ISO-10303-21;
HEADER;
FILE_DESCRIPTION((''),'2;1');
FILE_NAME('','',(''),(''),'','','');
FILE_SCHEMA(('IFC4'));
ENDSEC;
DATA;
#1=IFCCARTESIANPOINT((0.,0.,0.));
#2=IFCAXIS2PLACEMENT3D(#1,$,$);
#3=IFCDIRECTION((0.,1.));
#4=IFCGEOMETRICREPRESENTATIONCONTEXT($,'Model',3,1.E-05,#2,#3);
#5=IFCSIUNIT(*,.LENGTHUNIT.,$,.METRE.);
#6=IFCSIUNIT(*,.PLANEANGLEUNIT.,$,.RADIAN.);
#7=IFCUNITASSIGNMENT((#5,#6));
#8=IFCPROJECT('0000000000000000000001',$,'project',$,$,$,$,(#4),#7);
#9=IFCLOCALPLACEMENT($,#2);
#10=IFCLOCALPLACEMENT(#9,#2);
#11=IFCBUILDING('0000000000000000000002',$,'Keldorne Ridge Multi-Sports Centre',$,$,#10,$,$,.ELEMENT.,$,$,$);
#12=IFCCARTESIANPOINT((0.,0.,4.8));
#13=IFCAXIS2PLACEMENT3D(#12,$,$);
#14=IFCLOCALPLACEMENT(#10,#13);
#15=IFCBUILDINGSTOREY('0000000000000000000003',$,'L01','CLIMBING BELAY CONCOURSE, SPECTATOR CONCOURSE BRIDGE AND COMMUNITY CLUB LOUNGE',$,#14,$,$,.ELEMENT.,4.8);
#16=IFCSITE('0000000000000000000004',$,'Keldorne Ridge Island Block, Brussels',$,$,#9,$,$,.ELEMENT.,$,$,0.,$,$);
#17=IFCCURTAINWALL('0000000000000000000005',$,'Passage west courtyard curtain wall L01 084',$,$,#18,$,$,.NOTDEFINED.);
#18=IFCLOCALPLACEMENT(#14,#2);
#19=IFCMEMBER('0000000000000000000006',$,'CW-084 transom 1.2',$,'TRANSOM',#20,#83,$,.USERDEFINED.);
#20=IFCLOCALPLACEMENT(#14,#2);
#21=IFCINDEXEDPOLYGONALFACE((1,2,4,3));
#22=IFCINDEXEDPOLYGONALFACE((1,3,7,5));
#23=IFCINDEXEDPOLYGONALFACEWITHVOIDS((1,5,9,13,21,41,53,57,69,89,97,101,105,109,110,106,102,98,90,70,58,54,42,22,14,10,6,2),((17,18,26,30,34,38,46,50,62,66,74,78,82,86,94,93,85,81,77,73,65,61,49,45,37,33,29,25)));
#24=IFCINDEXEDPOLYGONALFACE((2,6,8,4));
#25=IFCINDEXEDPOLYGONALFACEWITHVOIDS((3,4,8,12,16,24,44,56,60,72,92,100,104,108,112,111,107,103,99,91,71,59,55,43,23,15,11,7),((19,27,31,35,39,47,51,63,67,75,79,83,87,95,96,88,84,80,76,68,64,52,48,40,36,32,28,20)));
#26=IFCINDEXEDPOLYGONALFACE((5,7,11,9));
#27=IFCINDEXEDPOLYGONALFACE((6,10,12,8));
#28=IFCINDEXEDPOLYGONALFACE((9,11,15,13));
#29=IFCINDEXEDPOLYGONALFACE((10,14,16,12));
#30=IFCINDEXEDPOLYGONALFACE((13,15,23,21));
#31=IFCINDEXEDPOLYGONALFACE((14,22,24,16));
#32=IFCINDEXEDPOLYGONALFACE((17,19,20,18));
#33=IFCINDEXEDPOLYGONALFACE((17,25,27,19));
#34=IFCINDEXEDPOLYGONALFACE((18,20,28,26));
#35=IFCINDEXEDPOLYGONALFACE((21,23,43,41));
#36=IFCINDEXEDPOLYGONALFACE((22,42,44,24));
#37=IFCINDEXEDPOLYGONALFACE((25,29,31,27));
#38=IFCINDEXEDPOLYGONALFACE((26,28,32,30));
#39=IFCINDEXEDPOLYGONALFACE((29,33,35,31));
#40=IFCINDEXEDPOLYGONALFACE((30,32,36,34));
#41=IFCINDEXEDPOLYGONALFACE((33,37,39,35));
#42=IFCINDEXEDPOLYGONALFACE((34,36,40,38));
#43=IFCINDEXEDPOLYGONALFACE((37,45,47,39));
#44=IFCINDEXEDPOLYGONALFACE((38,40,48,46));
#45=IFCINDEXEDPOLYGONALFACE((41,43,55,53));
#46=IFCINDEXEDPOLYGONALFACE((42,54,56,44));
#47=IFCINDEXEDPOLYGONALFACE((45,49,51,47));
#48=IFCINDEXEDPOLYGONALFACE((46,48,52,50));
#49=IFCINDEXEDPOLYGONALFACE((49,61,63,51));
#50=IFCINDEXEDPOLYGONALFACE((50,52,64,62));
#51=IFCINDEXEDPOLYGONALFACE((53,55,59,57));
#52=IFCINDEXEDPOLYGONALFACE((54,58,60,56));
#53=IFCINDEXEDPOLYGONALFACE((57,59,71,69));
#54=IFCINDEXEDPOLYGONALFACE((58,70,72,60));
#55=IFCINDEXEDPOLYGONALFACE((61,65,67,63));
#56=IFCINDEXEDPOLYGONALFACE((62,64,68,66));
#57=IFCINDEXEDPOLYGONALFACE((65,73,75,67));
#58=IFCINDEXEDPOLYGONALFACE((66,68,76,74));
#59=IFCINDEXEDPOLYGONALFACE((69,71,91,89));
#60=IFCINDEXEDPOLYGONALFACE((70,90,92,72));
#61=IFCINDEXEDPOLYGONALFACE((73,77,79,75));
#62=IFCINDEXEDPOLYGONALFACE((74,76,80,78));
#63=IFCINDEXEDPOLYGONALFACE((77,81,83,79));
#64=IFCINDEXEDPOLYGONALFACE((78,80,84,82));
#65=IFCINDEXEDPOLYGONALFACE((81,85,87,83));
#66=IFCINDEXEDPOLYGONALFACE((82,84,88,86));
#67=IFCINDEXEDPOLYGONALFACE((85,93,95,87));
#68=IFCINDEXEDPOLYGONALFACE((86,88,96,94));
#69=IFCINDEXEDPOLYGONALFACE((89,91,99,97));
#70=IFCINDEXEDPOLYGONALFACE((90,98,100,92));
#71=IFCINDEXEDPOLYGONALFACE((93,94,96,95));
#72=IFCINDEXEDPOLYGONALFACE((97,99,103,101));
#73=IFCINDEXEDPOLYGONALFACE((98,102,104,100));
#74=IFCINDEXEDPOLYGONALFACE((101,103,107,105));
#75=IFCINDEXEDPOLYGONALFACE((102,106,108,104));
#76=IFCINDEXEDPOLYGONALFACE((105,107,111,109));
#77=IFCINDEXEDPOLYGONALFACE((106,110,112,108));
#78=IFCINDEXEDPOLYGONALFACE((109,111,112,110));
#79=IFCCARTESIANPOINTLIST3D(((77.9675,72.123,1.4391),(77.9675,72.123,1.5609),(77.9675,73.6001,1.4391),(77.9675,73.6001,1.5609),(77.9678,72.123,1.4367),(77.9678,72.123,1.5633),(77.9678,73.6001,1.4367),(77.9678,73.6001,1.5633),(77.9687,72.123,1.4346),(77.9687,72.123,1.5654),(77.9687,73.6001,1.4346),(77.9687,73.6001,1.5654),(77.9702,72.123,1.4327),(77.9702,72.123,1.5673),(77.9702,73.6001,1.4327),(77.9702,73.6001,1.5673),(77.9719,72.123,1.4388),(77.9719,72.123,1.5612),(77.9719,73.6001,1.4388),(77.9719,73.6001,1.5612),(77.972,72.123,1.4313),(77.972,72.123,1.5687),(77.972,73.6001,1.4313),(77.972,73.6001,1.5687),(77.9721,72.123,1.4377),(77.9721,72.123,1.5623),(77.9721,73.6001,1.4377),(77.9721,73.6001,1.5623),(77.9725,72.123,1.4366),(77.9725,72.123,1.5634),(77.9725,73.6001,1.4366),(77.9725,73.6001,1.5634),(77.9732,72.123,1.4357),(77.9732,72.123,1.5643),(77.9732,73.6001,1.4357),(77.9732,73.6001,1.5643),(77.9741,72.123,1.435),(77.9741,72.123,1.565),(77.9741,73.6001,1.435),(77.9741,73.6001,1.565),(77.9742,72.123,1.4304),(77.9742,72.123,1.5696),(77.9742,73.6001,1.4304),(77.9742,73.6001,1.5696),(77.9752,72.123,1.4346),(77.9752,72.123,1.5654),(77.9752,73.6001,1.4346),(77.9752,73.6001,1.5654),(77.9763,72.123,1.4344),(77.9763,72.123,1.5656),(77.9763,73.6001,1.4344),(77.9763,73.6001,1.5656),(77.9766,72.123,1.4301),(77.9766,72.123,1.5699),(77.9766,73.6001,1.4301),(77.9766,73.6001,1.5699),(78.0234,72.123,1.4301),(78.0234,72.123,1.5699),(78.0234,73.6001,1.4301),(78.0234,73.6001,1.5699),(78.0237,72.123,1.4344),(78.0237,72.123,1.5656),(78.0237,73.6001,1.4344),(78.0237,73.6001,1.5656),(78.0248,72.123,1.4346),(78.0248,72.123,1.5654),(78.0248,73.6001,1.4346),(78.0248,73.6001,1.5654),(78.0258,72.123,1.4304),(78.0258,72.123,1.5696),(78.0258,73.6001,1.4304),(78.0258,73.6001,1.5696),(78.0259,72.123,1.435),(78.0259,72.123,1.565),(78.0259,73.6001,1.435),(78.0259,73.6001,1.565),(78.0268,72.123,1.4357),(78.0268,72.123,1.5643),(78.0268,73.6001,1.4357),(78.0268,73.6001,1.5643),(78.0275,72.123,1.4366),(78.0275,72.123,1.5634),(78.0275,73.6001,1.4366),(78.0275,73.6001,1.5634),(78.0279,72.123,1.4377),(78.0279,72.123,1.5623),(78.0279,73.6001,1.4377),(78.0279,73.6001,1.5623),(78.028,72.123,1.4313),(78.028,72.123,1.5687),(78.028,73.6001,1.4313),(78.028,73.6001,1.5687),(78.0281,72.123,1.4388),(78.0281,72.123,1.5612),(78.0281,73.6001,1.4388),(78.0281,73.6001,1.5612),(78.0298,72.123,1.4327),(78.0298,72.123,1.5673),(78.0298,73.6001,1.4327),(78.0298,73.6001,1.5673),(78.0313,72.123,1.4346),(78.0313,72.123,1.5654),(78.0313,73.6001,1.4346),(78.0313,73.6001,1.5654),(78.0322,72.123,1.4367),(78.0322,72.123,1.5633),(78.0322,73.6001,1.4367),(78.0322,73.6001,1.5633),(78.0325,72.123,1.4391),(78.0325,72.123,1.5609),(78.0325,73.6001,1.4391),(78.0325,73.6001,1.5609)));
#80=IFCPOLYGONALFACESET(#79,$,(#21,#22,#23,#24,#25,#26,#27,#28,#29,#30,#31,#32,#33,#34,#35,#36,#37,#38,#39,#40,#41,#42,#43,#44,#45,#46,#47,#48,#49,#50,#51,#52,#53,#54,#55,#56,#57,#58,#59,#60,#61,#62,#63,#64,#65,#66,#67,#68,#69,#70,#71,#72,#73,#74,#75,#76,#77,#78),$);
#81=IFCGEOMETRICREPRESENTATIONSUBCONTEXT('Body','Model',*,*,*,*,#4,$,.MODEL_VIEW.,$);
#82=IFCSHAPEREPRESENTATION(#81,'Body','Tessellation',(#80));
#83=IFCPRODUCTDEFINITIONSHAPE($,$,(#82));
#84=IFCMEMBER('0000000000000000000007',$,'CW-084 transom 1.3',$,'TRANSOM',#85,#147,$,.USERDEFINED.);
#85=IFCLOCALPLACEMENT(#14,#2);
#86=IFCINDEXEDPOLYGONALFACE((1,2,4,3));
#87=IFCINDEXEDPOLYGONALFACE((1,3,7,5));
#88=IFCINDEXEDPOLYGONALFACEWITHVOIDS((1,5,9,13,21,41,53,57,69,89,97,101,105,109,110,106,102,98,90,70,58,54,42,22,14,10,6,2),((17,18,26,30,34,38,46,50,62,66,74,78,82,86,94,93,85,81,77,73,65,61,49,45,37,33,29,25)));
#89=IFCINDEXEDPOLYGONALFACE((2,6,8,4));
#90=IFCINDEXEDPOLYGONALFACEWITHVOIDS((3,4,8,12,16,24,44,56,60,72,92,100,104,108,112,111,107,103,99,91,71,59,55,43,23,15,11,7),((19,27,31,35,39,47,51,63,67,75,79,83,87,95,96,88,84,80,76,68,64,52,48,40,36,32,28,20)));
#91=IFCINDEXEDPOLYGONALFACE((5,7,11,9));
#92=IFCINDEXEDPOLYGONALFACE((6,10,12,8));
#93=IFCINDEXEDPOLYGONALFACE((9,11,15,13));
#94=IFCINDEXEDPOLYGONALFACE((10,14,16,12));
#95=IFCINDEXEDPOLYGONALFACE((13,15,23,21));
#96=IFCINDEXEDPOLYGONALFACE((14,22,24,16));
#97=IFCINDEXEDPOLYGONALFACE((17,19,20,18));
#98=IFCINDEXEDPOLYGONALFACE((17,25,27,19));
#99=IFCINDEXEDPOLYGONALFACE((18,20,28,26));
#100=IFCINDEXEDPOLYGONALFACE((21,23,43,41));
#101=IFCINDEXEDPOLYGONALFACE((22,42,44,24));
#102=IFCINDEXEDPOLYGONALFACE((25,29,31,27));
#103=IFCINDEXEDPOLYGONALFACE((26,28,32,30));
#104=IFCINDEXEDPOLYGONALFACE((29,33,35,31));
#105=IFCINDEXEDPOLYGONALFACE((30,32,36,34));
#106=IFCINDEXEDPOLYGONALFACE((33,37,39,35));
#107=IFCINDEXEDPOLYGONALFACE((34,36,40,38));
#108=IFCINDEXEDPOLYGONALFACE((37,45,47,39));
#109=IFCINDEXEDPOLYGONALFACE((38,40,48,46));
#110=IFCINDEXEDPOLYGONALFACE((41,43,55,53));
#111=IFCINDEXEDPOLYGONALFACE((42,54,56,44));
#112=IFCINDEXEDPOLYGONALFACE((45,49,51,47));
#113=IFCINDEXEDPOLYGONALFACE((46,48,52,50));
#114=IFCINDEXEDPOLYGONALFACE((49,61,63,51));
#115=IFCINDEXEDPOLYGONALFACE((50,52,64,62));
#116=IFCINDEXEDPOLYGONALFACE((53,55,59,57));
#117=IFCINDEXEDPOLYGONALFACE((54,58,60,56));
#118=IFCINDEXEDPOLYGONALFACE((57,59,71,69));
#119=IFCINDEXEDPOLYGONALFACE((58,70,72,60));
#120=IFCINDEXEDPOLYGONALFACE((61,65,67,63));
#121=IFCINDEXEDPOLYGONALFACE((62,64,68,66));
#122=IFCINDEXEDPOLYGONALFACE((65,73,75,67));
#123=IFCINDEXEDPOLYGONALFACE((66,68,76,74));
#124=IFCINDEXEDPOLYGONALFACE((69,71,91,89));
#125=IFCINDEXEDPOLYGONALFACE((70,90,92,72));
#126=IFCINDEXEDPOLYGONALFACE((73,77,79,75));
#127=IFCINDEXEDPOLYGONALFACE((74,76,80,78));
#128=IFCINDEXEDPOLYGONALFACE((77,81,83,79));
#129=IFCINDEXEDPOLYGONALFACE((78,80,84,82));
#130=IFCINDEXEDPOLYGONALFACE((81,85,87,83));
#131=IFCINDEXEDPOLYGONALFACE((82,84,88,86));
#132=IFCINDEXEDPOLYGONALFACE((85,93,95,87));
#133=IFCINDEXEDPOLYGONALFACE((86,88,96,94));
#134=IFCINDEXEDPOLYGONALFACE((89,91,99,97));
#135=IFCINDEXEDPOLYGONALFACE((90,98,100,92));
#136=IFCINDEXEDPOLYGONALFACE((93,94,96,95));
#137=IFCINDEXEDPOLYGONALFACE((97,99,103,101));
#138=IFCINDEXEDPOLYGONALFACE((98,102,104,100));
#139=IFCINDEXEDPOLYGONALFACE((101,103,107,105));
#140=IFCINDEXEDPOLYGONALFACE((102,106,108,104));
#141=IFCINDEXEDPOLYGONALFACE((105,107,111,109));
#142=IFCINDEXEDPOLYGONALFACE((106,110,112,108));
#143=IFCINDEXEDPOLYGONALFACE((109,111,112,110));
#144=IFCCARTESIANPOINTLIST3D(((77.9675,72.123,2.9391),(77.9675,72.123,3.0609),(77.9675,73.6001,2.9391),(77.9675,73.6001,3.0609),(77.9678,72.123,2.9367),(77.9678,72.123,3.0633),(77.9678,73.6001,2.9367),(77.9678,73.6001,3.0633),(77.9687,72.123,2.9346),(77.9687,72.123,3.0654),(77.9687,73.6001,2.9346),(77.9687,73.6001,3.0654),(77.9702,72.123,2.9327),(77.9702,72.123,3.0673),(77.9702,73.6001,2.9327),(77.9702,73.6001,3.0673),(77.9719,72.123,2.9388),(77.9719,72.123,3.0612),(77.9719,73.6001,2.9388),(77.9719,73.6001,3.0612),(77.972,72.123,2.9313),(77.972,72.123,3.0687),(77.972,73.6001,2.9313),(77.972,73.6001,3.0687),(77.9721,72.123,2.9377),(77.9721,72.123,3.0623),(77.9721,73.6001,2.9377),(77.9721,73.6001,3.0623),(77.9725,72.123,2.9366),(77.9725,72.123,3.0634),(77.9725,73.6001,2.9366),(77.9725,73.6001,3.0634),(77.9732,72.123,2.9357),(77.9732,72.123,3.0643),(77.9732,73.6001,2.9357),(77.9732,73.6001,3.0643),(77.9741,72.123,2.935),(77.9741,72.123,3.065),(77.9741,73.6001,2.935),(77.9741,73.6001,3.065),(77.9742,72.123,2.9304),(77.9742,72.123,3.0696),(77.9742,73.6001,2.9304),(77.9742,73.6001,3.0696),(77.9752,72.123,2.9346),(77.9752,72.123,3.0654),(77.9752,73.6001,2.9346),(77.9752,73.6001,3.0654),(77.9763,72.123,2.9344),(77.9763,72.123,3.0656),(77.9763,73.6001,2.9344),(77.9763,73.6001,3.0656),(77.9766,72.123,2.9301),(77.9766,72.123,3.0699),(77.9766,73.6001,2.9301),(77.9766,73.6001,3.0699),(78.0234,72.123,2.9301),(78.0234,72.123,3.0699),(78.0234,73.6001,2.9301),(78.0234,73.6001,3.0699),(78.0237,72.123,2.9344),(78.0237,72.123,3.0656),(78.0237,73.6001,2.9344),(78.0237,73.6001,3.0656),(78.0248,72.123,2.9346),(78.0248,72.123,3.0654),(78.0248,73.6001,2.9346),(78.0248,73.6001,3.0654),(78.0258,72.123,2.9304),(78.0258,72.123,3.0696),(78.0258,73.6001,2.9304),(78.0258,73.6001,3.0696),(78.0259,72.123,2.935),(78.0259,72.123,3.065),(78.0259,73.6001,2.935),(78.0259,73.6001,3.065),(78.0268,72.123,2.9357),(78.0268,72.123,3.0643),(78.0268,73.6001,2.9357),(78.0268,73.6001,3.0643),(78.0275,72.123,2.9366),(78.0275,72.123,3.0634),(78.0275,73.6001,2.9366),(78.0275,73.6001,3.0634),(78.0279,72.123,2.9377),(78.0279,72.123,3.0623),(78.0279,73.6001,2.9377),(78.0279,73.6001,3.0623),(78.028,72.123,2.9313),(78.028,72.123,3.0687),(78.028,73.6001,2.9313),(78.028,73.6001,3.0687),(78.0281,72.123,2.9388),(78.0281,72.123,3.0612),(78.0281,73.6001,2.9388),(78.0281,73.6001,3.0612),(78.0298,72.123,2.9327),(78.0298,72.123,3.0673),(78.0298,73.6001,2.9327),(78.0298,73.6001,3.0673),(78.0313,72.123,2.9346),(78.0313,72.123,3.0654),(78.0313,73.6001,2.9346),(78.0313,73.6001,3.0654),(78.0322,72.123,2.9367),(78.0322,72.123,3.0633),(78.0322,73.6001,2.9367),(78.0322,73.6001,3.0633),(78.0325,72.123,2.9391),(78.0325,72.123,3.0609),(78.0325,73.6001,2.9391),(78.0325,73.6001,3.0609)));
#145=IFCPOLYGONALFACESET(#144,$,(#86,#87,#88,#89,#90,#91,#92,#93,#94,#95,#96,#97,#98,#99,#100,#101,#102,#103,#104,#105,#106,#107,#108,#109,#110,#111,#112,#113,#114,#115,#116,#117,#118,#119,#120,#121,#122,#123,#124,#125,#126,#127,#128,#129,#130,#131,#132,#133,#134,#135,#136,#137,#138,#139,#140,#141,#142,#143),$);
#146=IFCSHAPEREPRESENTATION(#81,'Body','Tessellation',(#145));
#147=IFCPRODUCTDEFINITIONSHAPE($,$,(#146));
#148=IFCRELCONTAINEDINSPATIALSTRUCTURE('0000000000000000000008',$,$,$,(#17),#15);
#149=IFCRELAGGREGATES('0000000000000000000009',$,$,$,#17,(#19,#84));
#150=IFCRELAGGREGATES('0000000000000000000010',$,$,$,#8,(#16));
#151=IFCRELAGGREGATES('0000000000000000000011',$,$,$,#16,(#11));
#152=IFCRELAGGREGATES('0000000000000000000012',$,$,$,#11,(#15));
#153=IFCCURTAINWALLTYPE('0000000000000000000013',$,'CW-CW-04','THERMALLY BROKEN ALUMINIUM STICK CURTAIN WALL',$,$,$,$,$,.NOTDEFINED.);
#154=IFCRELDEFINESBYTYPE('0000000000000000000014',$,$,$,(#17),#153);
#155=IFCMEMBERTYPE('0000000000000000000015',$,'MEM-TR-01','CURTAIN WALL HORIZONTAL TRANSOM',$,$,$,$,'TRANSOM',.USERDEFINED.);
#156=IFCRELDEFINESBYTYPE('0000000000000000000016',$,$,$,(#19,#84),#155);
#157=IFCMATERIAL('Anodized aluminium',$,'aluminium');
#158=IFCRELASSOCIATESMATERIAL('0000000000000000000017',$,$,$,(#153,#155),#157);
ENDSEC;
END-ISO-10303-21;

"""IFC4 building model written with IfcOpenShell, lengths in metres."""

from ifc_helpers import new_model, si_unit, direction, frame, origin, origin_2d, place, context, subcontext, project, spatial, hollow_rectangle, extrude, material, material_profile, profile_set, type_object, element, aggregate, save


model = new_model("IFC4")

# Units and contexts
model_context = context("Model", 3, precision=1e-05, world=origin(), true_north=direction((0.0, 1.0)))
body_context = subcontext(model_context, "Body", "Model", "MODEL_VIEW")
ifc_project = project(units=[si_unit("LENGTHUNIT", "METRE"), si_unit("PLANEANGLEUNIT", "RADIAN")], contexts=[model_context])

# Site, building, storey
site_placement = place(None, origin())
site = spatial("IfcSite", under=ifc_project, at=site_placement, Name="Keldorne Ridge Island Block, Brussels", CompositionType="ELEMENT", RefElevation=0.0)
building_placement = place(site_placement, origin())
building = spatial("IfcBuilding", under=site, at=building_placement, Name="Keldorne Ridge Multi-Sports Centre", CompositionType="ELEMENT")
storey_placement = place(building_placement, frame((0.0, 0.0, 4.8)))
storey = spatial("IfcBuildingStorey", under=building, at=storey_placement, Name="L01", Description="CLIMBING BELAY CONCOURSE, SPECTATOR CONCOURSE BRIDGE AND COMMUNITY CLUB LOUNGE", CompositionType="ELEMENT", Elevation=4.8)

# Shared definitions
ifc_material_1 = material(Name="Anodized aluminium", Category="aluminium")

# Curtain wall, members
curtain_wall_type_1 = type_object("IfcCurtainWallType", Name="CW-CW-04", Description="THERMALLY BROKEN ALUMINIUM STICK CURTAIN WALL", PredefinedType="NOTDEFINED", material=ifc_material_1)
curtain_wall_1_placement = place(storey_placement, origin())
curtain_wall_1 = element("IfcCurtainWall", 1, at=curtain_wall_1_placement, inside=storey, type_object=curtain_wall_type_1, Name="Passage west courtyard curtain wall L01 084", PredefinedType="NOTDEFINED")
ifc_material_profile_1 = material_profile(ifc_material_1, hollow_rectangle(XDim=0.0649, YDim=0.1399, WallThickness=0.0044, InnerFilletRadius=0.0044, OuterFilletRadius=0.009, at=origin_2d()), Name="ALU TRANSOM 140x65x4.5")
ifc_profile_set_1 = profile_set([ifc_material_profile_1], Name="Anodized aluminium")
member_type_1 = type_object("IfcMemberType", Name="MEM-TR-01", Description="CURTAIN WALL HORIZONTAL TRANSOM", ElementType="TRANSOM", PredefinedType="USERDEFINED", material=ifc_profile_set_1)
member_1_placement = place(storey_placement, frame((78.0, 73.6001, 1.5), z_axis=(0.0, -1.0, 0.0), x_axis=(1.0, 0.0, 0.0)))
member_1 = element("IfcMember", 2, at=member_1_placement, type_object=member_type_1, Name="CW-084 transom 1.2", ObjectType="TRANSOM", PredefinedType="USERDEFINED", context=body_context, shape_type="SweptSolid", body=[
    extrude(hollow_rectangle(XDim=0.0649, YDim=0.1399, WallThickness=0.0044, InnerFilletRadius=0.0044, OuterFilletRadius=0.009, at=origin_2d()), origin(), (0.0, 0.0, 1.0), 1.4771),
])
member_2_placement = place(storey_placement, frame((78.0, 73.6001, 3.0), z_axis=(0.0, -1.0, 0.0), x_axis=(1.0, 0.0, 0.0)))
member_2 = element("IfcMember", 3, at=member_2_placement, type_object=member_type_1, Name="CW-084 transom 1.3", ObjectType="TRANSOM", PredefinedType="USERDEFINED", context=body_context, shape_type="SweptSolid", body=[
    extrude(hollow_rectangle(XDim=0.0649, YDim=0.1399, WallThickness=0.0044, InnerFilletRadius=0.0044, OuterFilletRadius=0.009, at=origin_2d()), origin(), (0.0, 0.0, 1.0), 1.4771),
])
aggregate(curtain_wall_1, [member_1, member_2])

save(model, "model.ifc")
